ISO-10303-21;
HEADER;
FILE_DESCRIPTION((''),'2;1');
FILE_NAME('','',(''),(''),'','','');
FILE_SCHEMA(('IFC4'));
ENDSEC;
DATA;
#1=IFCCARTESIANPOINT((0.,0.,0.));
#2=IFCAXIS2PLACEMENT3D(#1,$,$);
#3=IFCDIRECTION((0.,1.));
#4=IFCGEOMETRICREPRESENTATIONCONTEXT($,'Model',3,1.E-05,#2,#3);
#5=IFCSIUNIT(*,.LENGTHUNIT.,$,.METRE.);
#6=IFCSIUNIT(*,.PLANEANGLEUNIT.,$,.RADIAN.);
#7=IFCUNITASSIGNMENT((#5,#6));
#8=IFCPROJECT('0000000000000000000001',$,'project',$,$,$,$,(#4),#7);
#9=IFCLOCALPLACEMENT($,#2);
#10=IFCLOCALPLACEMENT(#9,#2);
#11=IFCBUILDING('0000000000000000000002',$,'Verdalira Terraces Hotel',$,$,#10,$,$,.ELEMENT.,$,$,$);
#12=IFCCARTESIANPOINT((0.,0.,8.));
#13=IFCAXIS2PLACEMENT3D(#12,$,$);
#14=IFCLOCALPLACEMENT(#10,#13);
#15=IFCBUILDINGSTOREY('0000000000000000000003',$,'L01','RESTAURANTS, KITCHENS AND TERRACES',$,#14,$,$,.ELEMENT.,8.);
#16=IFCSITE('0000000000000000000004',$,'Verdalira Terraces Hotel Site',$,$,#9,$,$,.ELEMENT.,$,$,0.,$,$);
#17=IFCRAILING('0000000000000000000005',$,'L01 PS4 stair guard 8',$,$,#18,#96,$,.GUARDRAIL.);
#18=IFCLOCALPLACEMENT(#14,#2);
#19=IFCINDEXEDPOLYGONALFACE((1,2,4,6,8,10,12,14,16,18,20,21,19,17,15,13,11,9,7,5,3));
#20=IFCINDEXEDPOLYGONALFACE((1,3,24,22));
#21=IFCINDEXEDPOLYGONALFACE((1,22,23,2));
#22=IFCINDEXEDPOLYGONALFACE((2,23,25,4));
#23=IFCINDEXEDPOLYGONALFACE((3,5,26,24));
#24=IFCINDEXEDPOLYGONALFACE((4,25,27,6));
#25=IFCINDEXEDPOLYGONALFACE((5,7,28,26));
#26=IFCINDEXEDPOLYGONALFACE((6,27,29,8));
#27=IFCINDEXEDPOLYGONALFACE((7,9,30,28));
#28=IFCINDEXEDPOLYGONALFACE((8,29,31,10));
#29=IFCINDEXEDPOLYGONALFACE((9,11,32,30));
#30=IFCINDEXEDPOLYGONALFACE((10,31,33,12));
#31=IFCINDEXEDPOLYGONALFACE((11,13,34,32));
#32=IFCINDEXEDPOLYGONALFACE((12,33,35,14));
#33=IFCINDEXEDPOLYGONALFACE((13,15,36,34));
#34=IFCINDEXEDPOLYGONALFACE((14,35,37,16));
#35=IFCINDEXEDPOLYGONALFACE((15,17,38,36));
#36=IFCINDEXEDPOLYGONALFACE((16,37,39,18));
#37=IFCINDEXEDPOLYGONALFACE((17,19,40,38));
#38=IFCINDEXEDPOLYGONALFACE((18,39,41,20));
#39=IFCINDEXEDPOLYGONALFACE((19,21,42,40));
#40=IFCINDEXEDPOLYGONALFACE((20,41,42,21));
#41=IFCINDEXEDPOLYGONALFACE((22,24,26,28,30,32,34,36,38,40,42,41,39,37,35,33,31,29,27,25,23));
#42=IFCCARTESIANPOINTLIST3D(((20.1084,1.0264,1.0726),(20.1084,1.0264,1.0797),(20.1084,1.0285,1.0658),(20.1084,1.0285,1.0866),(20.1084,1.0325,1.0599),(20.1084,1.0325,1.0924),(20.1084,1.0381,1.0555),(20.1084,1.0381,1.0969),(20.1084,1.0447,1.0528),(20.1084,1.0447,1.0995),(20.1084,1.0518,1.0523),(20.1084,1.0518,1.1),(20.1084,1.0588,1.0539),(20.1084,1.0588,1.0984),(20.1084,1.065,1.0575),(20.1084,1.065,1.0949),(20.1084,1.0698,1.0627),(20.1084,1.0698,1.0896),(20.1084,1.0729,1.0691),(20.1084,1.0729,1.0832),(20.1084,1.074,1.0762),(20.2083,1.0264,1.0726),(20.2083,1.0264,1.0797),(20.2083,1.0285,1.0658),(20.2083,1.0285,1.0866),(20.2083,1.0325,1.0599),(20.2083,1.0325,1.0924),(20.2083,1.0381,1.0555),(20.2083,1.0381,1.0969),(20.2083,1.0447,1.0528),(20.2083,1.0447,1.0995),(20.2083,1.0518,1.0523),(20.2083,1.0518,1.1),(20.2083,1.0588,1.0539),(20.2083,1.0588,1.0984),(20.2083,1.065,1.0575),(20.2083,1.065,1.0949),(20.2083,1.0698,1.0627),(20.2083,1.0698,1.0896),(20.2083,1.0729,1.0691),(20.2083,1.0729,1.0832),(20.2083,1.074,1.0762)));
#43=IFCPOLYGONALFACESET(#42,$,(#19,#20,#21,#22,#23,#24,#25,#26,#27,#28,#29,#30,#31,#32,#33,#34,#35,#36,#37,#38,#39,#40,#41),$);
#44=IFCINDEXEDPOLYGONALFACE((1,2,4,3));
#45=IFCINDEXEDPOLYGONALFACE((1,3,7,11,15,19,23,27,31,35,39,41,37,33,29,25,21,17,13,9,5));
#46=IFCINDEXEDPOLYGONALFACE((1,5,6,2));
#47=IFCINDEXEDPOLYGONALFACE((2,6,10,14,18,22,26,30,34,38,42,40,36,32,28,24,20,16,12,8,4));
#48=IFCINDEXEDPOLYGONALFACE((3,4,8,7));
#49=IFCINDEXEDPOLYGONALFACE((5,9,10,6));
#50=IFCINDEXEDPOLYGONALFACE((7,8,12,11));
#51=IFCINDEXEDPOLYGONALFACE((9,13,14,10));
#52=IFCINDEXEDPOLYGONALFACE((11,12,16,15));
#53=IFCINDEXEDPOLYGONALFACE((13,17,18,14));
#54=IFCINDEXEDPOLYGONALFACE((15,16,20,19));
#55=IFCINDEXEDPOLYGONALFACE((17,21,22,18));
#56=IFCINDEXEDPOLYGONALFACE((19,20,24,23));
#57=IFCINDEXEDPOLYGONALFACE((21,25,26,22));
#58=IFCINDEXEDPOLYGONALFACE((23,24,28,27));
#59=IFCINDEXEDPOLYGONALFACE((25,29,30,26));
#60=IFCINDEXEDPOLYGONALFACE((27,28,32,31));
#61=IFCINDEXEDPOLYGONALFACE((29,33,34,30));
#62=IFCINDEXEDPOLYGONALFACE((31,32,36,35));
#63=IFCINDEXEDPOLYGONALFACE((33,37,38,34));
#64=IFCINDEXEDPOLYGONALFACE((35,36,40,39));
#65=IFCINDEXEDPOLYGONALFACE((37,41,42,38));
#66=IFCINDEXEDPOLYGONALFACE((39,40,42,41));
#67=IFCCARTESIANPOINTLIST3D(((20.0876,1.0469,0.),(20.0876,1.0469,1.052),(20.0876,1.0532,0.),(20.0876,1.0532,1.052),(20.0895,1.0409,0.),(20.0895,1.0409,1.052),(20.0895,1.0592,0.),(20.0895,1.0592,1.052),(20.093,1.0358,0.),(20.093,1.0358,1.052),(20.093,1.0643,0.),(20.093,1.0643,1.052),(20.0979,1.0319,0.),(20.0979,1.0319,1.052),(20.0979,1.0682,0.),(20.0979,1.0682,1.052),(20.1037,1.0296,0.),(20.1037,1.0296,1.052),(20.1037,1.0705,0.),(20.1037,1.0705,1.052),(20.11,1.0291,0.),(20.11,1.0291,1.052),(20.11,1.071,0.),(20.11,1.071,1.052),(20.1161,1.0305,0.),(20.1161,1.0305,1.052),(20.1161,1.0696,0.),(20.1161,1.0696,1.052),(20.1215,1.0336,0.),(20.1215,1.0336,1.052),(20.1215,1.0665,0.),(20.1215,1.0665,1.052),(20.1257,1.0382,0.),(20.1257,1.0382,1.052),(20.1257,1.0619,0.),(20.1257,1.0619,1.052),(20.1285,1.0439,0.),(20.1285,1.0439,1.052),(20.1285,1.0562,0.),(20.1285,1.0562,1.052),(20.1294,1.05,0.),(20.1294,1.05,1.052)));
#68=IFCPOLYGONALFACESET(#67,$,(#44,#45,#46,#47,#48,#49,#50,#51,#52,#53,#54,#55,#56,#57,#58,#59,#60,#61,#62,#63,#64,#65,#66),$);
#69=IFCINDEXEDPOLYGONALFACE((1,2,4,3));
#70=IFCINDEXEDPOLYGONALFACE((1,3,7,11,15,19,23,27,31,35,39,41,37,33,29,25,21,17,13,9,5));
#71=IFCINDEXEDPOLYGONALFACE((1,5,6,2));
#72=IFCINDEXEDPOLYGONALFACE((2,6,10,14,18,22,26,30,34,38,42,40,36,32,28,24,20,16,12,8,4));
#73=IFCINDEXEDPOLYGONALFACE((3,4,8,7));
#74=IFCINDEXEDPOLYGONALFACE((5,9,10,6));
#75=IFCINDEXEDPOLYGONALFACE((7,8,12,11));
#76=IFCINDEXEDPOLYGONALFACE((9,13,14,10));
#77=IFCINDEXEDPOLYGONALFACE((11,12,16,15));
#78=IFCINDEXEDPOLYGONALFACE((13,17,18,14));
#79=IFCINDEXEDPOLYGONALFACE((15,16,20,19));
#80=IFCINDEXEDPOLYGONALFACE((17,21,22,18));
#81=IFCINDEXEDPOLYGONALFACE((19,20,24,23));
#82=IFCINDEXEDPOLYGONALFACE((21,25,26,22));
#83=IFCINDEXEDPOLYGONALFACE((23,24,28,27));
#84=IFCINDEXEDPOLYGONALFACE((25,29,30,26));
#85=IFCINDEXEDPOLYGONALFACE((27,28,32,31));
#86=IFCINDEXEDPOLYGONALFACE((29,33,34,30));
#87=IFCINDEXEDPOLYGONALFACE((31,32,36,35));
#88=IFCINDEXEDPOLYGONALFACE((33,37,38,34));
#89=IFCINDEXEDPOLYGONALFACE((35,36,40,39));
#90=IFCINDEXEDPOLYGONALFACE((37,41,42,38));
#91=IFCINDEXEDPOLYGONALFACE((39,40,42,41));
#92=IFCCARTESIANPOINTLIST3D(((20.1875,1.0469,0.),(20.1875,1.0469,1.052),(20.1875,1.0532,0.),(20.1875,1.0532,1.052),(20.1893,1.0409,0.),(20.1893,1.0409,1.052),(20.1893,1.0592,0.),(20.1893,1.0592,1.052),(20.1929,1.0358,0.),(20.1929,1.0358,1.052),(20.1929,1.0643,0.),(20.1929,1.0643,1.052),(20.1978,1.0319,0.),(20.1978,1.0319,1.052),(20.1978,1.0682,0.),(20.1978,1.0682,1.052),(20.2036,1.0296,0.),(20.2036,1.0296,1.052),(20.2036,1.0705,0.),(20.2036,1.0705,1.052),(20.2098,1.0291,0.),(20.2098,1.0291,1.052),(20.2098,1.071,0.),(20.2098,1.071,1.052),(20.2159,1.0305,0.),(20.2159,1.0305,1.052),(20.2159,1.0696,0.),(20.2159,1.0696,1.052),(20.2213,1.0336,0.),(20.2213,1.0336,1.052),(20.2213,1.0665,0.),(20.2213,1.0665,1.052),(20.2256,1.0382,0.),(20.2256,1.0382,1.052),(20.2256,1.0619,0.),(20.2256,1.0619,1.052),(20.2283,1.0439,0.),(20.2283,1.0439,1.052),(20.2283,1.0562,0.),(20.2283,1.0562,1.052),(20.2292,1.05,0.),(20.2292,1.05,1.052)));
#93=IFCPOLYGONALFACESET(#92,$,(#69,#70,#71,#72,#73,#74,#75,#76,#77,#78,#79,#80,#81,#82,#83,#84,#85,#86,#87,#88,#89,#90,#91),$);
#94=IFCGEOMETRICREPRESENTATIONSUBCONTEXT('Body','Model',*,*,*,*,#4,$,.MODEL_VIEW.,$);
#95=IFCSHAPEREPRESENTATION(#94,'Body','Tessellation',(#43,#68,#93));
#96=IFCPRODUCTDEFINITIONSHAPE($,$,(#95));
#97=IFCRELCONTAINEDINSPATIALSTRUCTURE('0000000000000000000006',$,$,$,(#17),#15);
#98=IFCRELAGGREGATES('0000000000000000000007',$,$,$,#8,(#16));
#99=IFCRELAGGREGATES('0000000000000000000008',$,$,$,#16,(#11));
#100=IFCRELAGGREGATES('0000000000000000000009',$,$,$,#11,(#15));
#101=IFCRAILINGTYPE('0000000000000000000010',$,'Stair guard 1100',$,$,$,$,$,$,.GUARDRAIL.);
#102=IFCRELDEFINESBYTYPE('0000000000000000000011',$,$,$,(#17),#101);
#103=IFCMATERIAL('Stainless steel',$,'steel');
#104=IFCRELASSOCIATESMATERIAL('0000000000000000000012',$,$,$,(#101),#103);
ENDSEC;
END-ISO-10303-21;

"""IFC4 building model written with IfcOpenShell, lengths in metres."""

from ifc_helpers import new_model, si_unit, direction, frame, origin, origin_2d, place, context, subcontext, project, spatial, circle, extrude, material, type_object, element, save


model = new_model("IFC4")

# Units and contexts
model_context = context("Model", 3, precision=1e-05, world=origin(), true_north=direction((0.0, 1.0)))
body_context = subcontext(model_context, "Body", "Model", "MODEL_VIEW")
ifc_project = project(units=[si_unit("LENGTHUNIT", "METRE"), si_unit("PLANEANGLEUNIT", "RADIAN")], contexts=[model_context])

# Site, building, storey
site_placement = place(None, origin())
site = spatial("IfcSite", under=ifc_project, at=site_placement, Name="Verdalira Terraces Hotel Site", CompositionType="ELEMENT", RefElevation=0.0)
building_placement = place(site_placement, origin())
building = spatial("IfcBuilding", under=site, at=building_placement, Name="Verdalira Terraces Hotel", CompositionType="ELEMENT")
storey_placement = place(building_placement, frame((0.0, 0.0, 8.0)))
storey = spatial("IfcBuildingStorey", under=building, at=storey_placement, Name="L01", Description="RESTAURANTS, KITCHENS AND TERRACES", CompositionType="ELEMENT", Elevation=8.0)

# Railing
ifc_material_1 = material(Name="Stainless steel", Category="steel")
railing_type_1 = type_object("IfcRailingType", Name="Stair guard 1100", PredefinedType="GUARDRAIL", material=ifc_material_1)
railing_1_placement = place(storey_placement, frame((20.1084, 1.05, 0.0)))
element("IfcRailing", 1, at=railing_1_placement, inside=storey, type_object=railing_type_1, Name="L01 PS4 stair guard 8", PredefinedType="GUARDRAIL", context=body_context, shape_type="SweptSolid", body=[
    extrude(circle(Radius=0.0239, at=origin_2d()), frame((0.0, 0.0, 1.0762), z_axis=(1.0, 0.0, 0.0), x_axis=(0.0, 1.0, 0.0)), (0.0, 0.0, 1.0), 0.0999),
    extrude(circle(Radius=0.021, at=origin_2d()), origin(), (0.0, 0.0, 1.0), 1.052),
    extrude(circle(Radius=0.021, at=origin_2d()), frame((0.0999, 0.0, 0.0)), (0.0, 0.0, 1.0), 1.052),
])

save(model, "model.ifc")
